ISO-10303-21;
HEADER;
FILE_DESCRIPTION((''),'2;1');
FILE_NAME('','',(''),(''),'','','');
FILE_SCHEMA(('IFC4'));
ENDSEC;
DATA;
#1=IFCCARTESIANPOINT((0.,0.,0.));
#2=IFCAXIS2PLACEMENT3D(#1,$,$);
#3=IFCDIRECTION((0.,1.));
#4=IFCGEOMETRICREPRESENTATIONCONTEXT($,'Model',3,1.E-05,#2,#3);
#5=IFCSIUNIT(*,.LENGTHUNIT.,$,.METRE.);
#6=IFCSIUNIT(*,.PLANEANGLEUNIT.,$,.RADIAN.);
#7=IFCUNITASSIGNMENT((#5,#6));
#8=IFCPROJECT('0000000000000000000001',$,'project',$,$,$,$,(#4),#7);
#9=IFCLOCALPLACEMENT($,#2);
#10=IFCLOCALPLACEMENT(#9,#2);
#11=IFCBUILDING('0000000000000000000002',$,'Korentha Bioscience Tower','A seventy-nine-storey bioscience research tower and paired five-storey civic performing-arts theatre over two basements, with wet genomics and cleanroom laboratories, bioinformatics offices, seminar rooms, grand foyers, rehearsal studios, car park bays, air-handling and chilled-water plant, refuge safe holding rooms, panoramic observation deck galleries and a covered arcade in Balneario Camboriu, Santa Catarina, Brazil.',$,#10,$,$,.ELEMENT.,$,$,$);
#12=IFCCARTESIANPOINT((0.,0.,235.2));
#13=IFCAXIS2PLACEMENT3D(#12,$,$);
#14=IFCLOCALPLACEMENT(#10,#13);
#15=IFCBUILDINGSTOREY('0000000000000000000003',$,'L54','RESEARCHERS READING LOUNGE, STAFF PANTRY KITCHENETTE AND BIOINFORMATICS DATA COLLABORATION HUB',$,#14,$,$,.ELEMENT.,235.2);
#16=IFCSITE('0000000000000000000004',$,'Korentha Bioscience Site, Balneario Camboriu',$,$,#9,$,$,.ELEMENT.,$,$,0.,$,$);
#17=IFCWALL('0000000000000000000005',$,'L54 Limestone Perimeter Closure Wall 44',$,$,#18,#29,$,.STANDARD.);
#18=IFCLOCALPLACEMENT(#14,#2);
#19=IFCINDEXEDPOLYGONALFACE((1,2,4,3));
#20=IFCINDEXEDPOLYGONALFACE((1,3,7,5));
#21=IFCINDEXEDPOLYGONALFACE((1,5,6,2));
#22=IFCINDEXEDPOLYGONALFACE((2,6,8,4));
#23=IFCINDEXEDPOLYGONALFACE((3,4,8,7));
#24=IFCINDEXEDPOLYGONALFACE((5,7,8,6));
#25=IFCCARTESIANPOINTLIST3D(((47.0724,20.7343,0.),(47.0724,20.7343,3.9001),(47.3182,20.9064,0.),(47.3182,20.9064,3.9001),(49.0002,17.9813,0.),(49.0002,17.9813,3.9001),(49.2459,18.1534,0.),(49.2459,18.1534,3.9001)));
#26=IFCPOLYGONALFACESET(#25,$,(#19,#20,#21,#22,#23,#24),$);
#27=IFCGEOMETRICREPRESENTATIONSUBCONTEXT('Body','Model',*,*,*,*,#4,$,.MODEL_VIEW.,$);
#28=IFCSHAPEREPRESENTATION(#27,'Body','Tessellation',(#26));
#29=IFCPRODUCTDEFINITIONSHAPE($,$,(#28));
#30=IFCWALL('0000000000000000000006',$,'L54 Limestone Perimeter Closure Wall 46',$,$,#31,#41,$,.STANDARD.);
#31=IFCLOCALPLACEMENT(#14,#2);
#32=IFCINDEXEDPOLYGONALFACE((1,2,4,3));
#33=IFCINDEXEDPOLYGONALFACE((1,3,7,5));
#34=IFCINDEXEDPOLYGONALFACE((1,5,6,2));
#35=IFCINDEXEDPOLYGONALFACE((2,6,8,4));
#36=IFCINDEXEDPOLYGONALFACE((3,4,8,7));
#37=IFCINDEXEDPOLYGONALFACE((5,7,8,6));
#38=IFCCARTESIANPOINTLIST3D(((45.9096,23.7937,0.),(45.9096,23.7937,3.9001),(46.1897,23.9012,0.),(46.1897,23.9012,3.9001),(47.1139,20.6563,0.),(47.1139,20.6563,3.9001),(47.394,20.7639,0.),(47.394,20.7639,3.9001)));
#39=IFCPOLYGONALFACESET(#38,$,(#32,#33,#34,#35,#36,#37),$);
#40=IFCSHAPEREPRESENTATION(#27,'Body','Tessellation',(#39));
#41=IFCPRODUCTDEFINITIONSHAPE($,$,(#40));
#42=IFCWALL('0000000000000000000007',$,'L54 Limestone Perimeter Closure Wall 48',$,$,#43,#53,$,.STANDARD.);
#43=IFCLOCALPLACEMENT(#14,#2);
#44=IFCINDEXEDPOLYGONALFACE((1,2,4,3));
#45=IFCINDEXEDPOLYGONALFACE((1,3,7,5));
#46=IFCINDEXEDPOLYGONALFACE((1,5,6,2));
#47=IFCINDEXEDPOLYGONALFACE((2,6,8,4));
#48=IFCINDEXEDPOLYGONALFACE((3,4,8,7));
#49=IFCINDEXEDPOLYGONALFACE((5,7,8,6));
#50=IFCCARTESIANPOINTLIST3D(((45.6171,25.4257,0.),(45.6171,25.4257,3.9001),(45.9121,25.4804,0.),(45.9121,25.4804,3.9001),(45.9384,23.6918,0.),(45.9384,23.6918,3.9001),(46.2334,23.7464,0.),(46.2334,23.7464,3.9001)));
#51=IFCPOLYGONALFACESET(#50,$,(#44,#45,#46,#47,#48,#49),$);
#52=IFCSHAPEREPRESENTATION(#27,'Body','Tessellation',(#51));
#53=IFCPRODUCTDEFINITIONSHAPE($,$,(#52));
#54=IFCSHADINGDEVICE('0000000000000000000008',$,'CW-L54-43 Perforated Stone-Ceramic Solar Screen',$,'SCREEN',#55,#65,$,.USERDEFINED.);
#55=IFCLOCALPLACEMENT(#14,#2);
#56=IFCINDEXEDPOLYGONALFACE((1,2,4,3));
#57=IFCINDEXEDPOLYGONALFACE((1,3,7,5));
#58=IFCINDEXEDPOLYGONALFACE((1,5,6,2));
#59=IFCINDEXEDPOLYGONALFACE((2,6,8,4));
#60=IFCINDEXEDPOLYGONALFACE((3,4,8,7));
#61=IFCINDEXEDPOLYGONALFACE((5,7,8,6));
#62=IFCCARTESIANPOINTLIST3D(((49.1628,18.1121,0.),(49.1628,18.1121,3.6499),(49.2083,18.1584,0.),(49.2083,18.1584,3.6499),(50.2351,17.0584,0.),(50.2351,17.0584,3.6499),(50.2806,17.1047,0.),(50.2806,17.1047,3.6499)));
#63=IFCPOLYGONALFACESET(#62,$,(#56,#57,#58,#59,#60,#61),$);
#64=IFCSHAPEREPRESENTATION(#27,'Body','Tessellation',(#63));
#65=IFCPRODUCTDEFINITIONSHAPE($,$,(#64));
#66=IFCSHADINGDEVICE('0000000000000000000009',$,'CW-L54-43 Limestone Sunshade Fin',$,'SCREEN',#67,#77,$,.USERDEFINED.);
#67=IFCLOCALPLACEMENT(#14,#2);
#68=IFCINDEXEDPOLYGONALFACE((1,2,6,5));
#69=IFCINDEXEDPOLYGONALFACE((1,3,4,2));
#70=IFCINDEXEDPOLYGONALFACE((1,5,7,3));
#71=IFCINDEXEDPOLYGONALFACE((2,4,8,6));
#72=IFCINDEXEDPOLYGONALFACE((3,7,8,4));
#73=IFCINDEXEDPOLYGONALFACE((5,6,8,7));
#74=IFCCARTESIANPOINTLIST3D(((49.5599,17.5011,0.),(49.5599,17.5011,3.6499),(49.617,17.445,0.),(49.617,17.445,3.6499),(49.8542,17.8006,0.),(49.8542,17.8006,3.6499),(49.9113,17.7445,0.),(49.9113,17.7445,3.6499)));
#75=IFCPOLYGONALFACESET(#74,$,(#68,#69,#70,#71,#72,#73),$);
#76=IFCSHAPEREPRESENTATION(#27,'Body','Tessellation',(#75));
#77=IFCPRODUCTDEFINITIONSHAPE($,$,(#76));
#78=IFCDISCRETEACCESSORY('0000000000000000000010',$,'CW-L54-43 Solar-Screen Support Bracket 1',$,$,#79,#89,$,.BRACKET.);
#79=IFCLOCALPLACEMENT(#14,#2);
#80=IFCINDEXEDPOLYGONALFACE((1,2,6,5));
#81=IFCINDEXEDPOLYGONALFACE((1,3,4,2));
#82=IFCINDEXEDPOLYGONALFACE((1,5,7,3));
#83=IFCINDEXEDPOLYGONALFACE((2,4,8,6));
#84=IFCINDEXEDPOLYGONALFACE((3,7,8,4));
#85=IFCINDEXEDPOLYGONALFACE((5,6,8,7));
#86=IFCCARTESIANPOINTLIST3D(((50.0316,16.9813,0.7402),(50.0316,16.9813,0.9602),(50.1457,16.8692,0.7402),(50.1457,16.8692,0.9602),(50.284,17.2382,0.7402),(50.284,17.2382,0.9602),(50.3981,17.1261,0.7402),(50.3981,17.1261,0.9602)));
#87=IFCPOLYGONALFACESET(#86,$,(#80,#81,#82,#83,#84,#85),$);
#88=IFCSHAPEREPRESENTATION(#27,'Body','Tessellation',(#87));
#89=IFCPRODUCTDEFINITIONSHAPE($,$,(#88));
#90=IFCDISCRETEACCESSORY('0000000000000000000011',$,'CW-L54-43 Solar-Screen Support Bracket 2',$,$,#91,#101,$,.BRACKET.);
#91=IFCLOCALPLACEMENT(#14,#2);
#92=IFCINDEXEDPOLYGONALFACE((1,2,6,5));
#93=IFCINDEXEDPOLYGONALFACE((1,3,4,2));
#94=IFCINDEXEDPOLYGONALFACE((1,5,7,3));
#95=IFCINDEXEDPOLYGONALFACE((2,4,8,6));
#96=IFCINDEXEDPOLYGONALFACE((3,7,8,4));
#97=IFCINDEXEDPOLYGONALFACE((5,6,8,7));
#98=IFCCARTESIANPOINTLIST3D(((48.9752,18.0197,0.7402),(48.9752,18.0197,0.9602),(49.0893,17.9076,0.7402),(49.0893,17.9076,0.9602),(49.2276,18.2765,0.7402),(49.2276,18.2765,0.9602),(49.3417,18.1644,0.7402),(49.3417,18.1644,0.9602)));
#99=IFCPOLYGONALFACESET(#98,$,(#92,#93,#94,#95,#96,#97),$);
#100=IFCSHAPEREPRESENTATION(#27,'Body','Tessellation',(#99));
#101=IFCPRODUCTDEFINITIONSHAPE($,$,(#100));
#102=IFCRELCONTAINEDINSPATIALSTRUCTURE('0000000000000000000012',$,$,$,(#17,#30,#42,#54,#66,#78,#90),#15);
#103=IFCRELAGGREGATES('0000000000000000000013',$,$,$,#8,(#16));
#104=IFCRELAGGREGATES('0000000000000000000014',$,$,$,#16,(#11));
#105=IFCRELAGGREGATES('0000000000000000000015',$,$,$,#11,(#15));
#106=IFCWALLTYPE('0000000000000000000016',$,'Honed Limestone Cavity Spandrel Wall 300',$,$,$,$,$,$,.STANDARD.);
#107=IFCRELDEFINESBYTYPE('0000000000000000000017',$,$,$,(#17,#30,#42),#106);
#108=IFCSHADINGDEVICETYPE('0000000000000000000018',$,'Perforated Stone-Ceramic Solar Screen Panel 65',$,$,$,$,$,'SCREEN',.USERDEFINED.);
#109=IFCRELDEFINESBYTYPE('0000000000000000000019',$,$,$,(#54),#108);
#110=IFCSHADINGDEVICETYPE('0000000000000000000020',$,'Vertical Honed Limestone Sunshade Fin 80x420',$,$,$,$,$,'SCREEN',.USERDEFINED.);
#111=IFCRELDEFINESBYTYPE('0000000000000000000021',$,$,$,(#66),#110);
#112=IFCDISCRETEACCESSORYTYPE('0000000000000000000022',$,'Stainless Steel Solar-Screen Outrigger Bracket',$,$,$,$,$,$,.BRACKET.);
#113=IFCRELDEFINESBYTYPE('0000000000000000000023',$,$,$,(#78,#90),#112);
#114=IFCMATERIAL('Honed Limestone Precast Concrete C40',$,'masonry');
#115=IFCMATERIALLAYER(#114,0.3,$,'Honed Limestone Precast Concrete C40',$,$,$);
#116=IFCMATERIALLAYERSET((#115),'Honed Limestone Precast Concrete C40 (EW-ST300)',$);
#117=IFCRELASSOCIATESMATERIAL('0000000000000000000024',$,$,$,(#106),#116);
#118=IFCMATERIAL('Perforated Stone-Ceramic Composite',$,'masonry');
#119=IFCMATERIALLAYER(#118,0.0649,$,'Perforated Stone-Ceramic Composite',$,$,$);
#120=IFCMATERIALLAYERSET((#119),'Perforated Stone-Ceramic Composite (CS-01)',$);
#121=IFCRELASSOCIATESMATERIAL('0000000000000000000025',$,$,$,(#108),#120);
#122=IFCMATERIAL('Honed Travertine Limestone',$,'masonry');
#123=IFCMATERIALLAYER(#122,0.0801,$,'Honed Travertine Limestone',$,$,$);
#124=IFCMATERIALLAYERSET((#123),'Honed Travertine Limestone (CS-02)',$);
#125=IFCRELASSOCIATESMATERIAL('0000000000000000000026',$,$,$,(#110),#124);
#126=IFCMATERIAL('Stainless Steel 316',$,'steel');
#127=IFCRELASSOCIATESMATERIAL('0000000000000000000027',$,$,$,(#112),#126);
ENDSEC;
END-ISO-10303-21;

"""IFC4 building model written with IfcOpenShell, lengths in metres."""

from ifc_helpers import new_model, si_unit, direction, frame, frame_2d, origin, origin_2d, place, context, subcontext, project, spatial, rectangle, extrude, material, layer, layer_set, type_object, element, save


model = new_model("IFC4")

# Units and contexts
model_context = context("Model", 3, precision=1e-05, world=origin(), true_north=direction((0.0, 1.0)))
body_context = subcontext(model_context, "Body", "Model", "MODEL_VIEW")
ifc_project = project(units=[si_unit("LENGTHUNIT", "METRE"), si_unit("PLANEANGLEUNIT", "RADIAN")], contexts=[model_context])

# Site, building, storey
site_placement = place(None, origin())
site = spatial("IfcSite", under=ifc_project, at=site_placement, Name="Korentha Bioscience Site, Balneario Camboriu", CompositionType="ELEMENT", RefElevation=0.0)
building_placement = place(site_placement, origin())
building = spatial("IfcBuilding", under=site, at=building_placement, Name="Korentha Bioscience Tower", Description="A seventy-nine-storey bioscience research tower and paired five-storey civic performing-arts theatre over two basements, with wet genomics and cleanroom laboratories, bioinformatics offices, seminar rooms, grand foyers, rehearsal studios, car park bays, air-handling and chilled-water plant, refuge safe holding rooms, panoramic observation deck galleries and a covered arcade in Balneario Camboriu, Santa Catarina, Brazil.", CompositionType="ELEMENT")
storey_placement = place(building_placement, frame((0.0, 0.0, 235.2)))
storey = spatial("IfcBuildingStorey", under=building, at=storey_placement, Name="L54", Description="RESEARCHERS READING LOUNGE, STAFF PANTRY KITCHENETTE AND BIOINFORMATICS DATA COLLABORATION HUB", CompositionType="ELEMENT", Elevation=235.2)

# Walls
ifc_material_1 = material(Name="Honed Limestone Precast Concrete C40", Category="masonry")
ifc_layer_1 = layer(ifc_material_1, 0.3, Name="Honed Limestone Precast Concrete C40")
ifc_layer_set_1 = layer_set([ifc_layer_1], Name="Honed Limestone Precast Concrete C40 (EW-ST300)")
wall_type_1 = type_object("IfcWallType", Name="Honed Limestone Cavity Spandrel Wall 300", PredefinedType="STANDARD", material=ifc_layer_set_1)
wall_1_placement = place(storey_placement, frame((49.123, 18.0674, 0.0), z_axis=(0.0, 0.0, 1.0), x_axis=(-0.573599, 0.819136, 0.0)))
element("IfcWall", 1, at=wall_1_placement, inside=storey, type_object=wall_type_1, Name="L54 Limestone Perimeter Closure Wall 44", PredefinedType="STANDARD", context=body_context, shape_type="SweptSolid", body=[
    extrude(rectangle(XDim=3.3608, YDim=0.3, at=frame_2d((1.6804, 0.0))), origin(), (0.0, 0.0, 1.0), 3.9001),
])
wall_2_placement = place(storey_placement, frame((47.2539, 20.7102, 0.0), z_axis=(0.0, 0.0, 1.0), x_axis=(-0.358366, 0.933581, 0.0)))
element("IfcWall", 2, at=wall_2_placement, inside=storey, type_object=wall_type_1, Name="L54 Limestone Perimeter Closure Wall 46", PredefinedType="STANDARD", context=body_context, shape_type="SweptSolid", body=[
    extrude(rectangle(XDim=3.3606, YDim=0.3, at=frame_2d((1.6802, 0.0))), origin(), (0.0, 0.0, 1.0), 3.9001),
])
wall_3_placement = place(storey_placement, frame((46.0859, 23.719, 0.0), z_axis=(0.0, 0.0, 1.0), x_axis=(-0.182198, 0.983262, 0.0)))
element("IfcWall", 3, at=wall_3_placement, inside=storey, type_object=wall_type_1, Name="L54 Limestone Perimeter Closure Wall 48", PredefinedType="STANDARD", context=body_context, shape_type="SweptSolid", body=[
    extrude(rectangle(XDim=1.7634, YDim=0.3, at=frame_2d((0.8818, 0.0))), origin(), (0.0, 0.0, 1.0), 3.9001),
])

# Shading devices
ifc_material_2 = material(Name="Perforated Stone-Ceramic Composite", Category="masonry")
ifc_layer_2 = layer(ifc_material_2, 0.0649, Name="Perforated Stone-Ceramic Composite")
ifc_layer_set_2 = layer_set([ifc_layer_2], Name="Perforated Stone-Ceramic Composite (CS-01)")
shading_device_type_1 = type_object("IfcShadingDeviceType", Name="Perforated Stone-Ceramic Solar Screen Panel 65", ElementType="SCREEN", PredefinedType="USERDEFINED", material=ifc_layer_set_2)
shading_device_1_placement = place(storey_placement, frame((49.7217, 17.6084, 0.0), z_axis=(0.0, 0.0, 1.0), x_axis=(-0.713258, 0.700901, 0.0)))
element("IfcShadingDevice", 4, at=shading_device_1_placement, inside=storey, type_object=shading_device_type_1, Name="CW-L54-43 Perforated Stone-Ceramic Solar Screen", ObjectType="SCREEN", PredefinedType="USERDEFINED", context=body_context, shape_type="SweptSolid", body=[
    extrude(rectangle(XDim=1.5034, YDim=0.0649, at=origin_2d()), origin(), (0.0, 0.0, 1.0), 3.6499),
])
ifc_material_3 = material(Name="Honed Travertine Limestone", Category="masonry")
ifc_layer_3 = layer(ifc_material_3, 0.0801, Name="Honed Travertine Limestone")
ifc_layer_set_3 = layer_set([ifc_layer_3], Name="Honed Travertine Limestone (CS-02)")
shading_device_type_2 = type_object("IfcShadingDeviceType", Name="Vertical Honed Limestone Sunshade Fin 80x420", ElementType="SCREEN", PredefinedType="USERDEFINED", material=ifc_layer_set_3)
shading_device_2_placement = place(storey_placement, frame((49.7356, 17.6228, 0.0), z_axis=(0.0, 0.0, 1.0), x_axis=(-0.713258, 0.700901, 0.0)))
element("IfcShadingDevice", 5, at=shading_device_2_placement, inside=storey, type_object=shading_device_type_2, Name="CW-L54-43 Limestone Sunshade Fin", ObjectType="SCREEN", PredefinedType="USERDEFINED", context=body_context, shape_type="SweptSolid", body=[
    extrude(rectangle(XDim=0.0801, YDim=0.4199, at=origin_2d()), origin(), (0.0, 0.0, 1.0), 3.6499),
])

# Discrete accessories
ifc_material_4 = material(Name="Stainless Steel 316", Category="steel")
discrete_accessory_type = type_object("IfcDiscreteAccessoryType", Name="Stainless Steel Solar-Screen Outrigger Bracket", PredefinedType="BRACKET", material=ifc_material_4)
for number, where, z_axis, x_axis, name in (
    (6, (50.2148, 17.0537, 0.7402), (0.0, 0.0, 1.0), (-0.713258, 0.700901, 0.0), "CW-L54-43 Solar-Screen Support Bracket 1"),
    (7, (49.1584, 18.092, 0.7402), (0.0, 0.0, 1.0), (-0.713258, 0.700901, 0.0), "CW-L54-43 Solar-Screen Support Bracket 2"),
):
    element("IfcDiscreteAccessory", number, at=place(storey_placement, frame(where, z_axis=z_axis, x_axis=x_axis)), inside=storey, type_object=discrete_accessory_type, Name=name, PredefinedType="BRACKET", context=body_context, shape_type="SweptSolid", body=[
        extrude(rectangle(XDim=0.1599, YDim=0.3601, at=origin_2d()), origin(), (0.0, 0.0, 1.0), 0.22),
    ])

save(model, "model.ifc")
